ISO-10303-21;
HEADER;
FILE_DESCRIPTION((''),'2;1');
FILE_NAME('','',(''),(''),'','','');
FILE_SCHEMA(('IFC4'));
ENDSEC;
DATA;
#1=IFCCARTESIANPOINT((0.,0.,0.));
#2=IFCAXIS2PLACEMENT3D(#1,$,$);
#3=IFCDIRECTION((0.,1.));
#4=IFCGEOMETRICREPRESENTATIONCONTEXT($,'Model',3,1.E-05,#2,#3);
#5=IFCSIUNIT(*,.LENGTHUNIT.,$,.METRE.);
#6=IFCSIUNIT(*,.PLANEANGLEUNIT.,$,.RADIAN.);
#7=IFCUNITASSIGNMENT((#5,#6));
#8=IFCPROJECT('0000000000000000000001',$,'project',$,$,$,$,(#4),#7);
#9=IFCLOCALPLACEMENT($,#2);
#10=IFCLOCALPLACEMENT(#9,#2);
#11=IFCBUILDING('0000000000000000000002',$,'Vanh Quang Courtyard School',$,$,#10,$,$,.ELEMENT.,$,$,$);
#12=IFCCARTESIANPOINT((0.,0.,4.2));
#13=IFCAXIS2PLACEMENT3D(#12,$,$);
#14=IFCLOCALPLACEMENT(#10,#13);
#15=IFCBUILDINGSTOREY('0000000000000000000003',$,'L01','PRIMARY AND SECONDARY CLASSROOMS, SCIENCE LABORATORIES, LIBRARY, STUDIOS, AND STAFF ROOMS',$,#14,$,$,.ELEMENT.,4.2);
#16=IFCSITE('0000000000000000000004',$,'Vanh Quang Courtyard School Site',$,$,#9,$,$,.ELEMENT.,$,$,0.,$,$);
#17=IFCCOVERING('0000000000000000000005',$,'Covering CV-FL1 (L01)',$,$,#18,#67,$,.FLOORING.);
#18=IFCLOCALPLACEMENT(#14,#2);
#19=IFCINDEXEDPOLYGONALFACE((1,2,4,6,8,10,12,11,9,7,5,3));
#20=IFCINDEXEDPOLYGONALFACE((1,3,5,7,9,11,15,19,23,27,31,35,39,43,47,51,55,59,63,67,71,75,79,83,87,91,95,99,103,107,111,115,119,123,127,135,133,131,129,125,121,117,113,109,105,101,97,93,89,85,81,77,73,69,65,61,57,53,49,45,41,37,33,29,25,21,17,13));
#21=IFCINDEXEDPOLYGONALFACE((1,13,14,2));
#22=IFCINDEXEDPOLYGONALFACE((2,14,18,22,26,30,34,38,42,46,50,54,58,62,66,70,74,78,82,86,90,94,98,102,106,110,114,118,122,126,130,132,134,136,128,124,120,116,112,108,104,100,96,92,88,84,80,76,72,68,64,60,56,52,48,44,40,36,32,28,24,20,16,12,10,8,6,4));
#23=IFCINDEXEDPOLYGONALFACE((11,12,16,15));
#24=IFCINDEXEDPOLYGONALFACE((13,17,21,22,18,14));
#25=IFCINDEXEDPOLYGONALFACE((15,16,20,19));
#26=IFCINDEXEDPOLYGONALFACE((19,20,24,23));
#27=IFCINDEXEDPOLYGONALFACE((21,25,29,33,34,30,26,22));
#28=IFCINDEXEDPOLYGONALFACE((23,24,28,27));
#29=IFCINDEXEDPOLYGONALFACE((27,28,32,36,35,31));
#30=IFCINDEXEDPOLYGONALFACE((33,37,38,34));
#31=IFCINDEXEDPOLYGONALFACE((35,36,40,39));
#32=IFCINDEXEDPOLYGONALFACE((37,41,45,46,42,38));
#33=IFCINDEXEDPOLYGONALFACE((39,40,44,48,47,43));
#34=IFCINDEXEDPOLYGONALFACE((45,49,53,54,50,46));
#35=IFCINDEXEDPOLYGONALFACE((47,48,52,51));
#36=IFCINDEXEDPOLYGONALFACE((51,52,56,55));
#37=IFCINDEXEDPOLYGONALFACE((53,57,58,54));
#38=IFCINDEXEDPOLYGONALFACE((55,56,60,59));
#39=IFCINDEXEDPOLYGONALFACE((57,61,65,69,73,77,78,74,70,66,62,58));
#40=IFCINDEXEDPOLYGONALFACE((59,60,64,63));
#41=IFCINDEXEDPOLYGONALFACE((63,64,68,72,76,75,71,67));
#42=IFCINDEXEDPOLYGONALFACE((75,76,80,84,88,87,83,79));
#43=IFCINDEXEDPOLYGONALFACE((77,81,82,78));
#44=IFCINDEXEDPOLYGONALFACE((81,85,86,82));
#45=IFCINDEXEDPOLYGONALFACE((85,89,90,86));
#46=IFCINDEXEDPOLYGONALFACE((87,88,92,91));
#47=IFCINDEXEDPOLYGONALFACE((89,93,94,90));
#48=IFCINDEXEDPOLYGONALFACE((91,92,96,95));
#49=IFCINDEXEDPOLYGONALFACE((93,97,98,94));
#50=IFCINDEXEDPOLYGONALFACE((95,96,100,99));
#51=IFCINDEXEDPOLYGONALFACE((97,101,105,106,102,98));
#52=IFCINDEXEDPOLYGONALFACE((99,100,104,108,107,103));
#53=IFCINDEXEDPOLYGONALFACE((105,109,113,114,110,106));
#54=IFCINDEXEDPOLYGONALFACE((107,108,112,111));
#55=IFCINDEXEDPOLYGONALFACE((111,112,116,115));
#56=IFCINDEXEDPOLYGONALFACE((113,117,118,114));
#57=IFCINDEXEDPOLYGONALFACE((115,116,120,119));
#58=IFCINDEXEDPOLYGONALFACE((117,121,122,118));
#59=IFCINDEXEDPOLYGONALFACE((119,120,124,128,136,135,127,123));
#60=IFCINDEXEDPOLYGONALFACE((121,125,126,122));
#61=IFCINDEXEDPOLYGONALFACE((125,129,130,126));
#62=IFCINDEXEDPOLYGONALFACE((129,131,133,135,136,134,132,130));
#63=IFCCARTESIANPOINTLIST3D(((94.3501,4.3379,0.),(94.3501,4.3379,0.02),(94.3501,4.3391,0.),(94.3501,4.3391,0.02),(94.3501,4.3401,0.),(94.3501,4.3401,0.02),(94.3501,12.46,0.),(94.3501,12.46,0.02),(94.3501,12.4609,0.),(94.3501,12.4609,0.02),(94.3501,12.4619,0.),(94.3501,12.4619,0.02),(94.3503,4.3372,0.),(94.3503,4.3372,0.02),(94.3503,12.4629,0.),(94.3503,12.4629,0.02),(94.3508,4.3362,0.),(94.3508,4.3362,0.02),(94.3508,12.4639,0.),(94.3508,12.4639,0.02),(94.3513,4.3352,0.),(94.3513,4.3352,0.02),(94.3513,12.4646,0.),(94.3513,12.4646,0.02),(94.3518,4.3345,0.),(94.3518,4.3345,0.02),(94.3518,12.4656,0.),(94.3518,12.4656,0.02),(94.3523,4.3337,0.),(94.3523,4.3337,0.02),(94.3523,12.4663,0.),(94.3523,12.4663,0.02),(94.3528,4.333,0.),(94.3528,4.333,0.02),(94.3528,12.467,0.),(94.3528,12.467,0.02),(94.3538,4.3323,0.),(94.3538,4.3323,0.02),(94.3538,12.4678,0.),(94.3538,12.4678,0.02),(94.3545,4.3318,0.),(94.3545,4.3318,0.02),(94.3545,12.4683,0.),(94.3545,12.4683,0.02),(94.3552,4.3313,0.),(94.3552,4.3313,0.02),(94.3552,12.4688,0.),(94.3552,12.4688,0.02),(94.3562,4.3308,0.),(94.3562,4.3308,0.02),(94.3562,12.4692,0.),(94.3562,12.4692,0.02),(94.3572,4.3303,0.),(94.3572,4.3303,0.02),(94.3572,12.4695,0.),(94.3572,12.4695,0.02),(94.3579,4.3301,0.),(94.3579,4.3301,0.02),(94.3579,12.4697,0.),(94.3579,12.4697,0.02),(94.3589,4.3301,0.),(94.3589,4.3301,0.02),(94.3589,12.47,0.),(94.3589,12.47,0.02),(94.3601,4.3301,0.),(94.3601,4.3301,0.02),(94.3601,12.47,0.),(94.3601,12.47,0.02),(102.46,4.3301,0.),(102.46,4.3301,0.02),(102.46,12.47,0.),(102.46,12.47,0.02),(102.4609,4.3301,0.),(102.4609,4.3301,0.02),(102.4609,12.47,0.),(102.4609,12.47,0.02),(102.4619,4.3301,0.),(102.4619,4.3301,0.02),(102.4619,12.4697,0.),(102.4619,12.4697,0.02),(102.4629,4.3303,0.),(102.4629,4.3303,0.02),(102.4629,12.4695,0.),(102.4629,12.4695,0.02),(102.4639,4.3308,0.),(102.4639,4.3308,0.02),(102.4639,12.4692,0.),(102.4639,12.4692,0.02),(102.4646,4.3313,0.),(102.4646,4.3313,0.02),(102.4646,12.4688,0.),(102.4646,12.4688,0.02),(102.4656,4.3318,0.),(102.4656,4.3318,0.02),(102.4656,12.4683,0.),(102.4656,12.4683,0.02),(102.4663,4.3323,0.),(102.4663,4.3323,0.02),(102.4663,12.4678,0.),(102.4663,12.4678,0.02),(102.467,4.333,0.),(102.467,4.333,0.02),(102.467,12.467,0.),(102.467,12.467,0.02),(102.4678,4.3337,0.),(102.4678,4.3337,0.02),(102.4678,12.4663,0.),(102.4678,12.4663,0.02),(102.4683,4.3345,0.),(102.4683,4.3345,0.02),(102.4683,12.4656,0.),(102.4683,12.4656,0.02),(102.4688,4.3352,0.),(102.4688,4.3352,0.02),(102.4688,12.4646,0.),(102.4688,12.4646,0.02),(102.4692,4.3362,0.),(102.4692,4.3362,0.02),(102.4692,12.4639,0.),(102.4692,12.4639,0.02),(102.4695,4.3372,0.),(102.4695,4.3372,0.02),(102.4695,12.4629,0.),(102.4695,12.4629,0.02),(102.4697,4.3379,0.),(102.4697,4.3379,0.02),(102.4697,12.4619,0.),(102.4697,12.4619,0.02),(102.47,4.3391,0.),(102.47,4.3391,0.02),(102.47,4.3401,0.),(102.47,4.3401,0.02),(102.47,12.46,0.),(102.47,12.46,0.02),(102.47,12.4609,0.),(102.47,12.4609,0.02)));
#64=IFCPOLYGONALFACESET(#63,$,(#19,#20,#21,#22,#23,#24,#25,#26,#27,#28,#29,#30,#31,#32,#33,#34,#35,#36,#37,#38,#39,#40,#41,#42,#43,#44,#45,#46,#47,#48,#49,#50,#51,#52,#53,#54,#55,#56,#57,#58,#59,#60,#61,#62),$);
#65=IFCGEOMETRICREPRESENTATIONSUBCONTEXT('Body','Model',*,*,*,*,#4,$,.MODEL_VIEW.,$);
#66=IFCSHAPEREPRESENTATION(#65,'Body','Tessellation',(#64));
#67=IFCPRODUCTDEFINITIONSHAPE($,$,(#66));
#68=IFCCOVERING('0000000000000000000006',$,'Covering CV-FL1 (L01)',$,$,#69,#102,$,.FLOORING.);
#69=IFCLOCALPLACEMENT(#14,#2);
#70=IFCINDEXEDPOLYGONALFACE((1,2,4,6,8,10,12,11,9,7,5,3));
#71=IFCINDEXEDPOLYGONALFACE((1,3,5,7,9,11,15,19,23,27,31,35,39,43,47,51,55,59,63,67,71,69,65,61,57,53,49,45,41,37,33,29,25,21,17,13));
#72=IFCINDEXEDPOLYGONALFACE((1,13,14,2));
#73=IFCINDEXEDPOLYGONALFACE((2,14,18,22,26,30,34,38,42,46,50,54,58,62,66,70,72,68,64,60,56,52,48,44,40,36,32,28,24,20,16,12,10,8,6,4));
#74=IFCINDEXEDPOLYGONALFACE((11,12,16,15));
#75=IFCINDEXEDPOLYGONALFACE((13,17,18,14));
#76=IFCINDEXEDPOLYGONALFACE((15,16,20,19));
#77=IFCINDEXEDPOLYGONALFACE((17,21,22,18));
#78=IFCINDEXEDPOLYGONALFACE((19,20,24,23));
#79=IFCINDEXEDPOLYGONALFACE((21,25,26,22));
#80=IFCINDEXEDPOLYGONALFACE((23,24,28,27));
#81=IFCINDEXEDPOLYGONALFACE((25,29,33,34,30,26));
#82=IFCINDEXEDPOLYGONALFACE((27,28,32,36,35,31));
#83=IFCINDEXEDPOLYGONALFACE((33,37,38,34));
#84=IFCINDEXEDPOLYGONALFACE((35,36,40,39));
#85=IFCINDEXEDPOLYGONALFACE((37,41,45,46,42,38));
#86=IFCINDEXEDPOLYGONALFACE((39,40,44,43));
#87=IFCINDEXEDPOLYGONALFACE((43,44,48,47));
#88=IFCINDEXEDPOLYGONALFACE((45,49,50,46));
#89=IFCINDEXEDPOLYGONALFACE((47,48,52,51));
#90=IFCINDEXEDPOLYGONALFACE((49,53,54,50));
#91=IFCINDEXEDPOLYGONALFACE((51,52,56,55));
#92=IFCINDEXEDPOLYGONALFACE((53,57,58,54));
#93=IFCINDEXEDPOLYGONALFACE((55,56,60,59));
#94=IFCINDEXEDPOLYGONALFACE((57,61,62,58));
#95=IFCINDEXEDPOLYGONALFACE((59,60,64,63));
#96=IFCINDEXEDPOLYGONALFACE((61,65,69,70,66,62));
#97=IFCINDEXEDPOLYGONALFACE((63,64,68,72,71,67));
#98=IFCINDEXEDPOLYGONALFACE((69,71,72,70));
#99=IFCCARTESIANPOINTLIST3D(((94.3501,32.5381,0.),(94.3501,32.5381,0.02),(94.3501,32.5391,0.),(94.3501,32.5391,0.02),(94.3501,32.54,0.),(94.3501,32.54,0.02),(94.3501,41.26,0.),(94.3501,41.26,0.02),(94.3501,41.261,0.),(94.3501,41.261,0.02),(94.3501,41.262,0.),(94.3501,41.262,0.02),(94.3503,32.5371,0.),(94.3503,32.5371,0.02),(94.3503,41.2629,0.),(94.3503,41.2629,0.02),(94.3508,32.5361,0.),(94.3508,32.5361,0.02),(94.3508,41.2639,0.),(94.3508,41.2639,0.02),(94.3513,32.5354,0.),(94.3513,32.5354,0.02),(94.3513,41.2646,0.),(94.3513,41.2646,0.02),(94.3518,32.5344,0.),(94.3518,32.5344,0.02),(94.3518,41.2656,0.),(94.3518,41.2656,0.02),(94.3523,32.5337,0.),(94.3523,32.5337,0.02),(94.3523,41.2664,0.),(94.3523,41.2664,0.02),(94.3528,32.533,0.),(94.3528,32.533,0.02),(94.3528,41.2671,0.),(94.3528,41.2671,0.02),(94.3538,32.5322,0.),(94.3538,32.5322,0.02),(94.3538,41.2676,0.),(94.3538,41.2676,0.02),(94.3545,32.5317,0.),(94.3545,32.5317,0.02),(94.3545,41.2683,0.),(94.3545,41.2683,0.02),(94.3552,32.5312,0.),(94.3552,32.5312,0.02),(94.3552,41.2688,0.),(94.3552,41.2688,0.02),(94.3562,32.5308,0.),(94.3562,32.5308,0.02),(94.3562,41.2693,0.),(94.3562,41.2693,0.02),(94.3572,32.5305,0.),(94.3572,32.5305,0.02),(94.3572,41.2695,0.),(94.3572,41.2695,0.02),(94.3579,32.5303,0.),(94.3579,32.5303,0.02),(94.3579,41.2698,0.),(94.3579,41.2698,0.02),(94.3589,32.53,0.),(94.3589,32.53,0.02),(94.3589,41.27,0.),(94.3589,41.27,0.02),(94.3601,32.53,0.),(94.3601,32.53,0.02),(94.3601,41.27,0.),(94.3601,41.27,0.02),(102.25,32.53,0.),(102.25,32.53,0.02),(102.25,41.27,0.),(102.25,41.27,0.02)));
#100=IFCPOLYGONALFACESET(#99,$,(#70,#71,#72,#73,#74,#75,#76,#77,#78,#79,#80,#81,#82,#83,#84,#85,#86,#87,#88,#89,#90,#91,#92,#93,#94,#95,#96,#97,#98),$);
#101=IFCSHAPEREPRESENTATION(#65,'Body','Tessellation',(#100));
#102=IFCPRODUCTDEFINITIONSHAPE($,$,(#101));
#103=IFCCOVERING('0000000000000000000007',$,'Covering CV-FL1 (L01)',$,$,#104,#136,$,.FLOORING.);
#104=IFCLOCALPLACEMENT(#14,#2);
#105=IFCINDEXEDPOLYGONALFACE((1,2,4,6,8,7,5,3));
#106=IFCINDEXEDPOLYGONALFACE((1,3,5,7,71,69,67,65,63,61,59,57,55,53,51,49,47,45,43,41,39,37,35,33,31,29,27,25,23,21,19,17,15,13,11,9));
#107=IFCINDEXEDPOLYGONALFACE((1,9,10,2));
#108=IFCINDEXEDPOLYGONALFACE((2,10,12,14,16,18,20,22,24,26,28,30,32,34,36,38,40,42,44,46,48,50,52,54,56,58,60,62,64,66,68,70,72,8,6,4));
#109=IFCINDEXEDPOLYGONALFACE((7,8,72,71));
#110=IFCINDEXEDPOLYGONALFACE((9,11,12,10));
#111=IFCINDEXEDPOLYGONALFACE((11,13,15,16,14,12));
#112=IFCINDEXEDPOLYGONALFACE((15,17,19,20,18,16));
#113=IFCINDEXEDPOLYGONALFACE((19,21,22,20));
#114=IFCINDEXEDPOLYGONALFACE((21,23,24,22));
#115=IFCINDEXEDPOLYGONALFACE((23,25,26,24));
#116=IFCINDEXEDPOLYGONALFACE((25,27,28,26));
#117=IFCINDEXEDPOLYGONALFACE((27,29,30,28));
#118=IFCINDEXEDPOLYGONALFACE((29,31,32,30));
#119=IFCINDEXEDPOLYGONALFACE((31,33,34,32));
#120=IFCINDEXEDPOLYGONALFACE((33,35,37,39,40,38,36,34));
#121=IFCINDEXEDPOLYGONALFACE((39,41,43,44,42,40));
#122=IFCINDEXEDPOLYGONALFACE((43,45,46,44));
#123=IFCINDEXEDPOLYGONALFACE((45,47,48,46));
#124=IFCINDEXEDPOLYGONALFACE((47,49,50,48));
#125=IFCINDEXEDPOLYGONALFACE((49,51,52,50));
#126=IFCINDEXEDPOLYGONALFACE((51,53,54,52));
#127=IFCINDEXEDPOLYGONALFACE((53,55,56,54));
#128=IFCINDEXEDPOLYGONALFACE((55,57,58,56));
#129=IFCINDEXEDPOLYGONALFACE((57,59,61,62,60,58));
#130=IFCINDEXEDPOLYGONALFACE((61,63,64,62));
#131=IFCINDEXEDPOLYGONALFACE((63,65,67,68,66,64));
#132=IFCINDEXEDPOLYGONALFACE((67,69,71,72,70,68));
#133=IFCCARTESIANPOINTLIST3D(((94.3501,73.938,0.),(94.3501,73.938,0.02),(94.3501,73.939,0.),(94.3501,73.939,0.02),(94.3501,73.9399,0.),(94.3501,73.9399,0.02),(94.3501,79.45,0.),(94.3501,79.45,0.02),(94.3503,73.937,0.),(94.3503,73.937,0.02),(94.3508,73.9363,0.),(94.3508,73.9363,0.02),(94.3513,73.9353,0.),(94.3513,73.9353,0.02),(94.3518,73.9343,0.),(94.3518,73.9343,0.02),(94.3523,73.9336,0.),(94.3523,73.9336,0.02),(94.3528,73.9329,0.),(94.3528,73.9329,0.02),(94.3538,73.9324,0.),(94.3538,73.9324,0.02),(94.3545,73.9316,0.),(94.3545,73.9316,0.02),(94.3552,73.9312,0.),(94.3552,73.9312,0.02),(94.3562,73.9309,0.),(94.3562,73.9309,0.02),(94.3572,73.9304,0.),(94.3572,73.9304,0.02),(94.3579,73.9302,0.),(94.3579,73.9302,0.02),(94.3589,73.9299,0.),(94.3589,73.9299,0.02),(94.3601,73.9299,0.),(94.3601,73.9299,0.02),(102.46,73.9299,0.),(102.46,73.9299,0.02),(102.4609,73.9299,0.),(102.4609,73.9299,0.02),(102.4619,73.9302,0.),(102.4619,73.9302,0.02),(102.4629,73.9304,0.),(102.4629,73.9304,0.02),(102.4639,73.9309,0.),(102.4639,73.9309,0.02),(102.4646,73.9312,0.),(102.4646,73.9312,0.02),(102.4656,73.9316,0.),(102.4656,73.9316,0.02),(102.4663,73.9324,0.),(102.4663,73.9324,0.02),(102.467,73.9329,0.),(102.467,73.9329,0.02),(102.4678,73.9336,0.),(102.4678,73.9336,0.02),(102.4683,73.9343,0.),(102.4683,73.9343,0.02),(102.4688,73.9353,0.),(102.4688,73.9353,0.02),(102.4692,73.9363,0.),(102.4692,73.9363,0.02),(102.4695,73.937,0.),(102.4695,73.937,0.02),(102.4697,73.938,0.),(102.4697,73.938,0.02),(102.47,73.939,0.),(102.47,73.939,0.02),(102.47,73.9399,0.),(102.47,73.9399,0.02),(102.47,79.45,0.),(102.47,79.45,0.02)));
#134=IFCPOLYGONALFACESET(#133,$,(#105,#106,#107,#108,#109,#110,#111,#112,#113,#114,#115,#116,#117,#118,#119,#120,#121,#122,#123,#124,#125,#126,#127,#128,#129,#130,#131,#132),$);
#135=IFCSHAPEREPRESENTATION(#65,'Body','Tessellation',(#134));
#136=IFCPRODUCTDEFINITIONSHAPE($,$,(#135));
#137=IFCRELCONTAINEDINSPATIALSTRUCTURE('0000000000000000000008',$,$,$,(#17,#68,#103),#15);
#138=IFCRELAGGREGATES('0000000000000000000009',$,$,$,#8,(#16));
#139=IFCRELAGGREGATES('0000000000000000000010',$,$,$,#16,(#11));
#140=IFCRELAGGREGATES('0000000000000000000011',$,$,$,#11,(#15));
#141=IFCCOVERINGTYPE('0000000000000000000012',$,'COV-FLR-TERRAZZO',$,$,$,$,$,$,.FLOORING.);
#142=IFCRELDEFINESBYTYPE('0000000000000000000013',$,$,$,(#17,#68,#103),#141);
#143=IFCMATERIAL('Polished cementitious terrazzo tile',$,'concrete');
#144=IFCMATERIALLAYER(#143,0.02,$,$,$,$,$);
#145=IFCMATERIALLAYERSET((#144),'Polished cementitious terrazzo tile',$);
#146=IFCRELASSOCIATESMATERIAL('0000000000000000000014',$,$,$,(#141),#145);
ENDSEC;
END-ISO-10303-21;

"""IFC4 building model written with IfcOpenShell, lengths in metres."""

from ifc_helpers import new_model, si_unit, direction, frame, origin, place, context, subcontext, project, spatial, polyline, outline, extrude, material, layer, layer_set, type_object, element, save


model = new_model("IFC4")

# Units and contexts
model_context = context("Model", 3, precision=1e-05, world=origin(), true_north=direction((0.0, 1.0)))
body_context = subcontext(model_context, "Body", "Model", "MODEL_VIEW")
ifc_project = project(units=[si_unit("LENGTHUNIT", "METRE"), si_unit("PLANEANGLEUNIT", "RADIAN")], contexts=[model_context])

# Site, building, storey
site_placement = place(None, origin())
site = spatial("IfcSite", under=ifc_project, at=site_placement, Name="Vanh Quang Courtyard School Site", CompositionType="ELEMENT", RefElevation=0.0)
building_placement = place(site_placement, origin())
building = spatial("IfcBuilding", under=site, at=building_placement, Name="Vanh Quang Courtyard School", CompositionType="ELEMENT")
storey_placement = place(building_placement, frame((0.0, 0.0, 4.2)))
storey = spatial("IfcBuildingStorey", under=building, at=storey_placement, Name="L01", Description="PRIMARY AND SECONDARY CLASSROOMS, SCIENCE LABORATORIES, LIBRARY, STUDIOS, AND STAFF ROOMS", CompositionType="ELEMENT", Elevation=4.2)

# Coverings
ifc_material_1 = material(Name="Polished cementitious terrazzo tile", Category="concrete")
ifc_layer_1 = layer(ifc_material_1, 0.02)
ifc_layer_set_1 = layer_set([ifc_layer_1], Name="Polished cementitious terrazzo tile")
covering_type_1 = type_object("IfcCoveringType", Name="COV-FLR-TERRAZZO", PredefinedType="FLOORING", material=ifc_layer_set_1)
covering_1_placement = place(storey_placement, origin())
element("IfcCovering", 1, at=covering_1_placement, inside=storey, type_object=covering_type_1, Name="Covering CV-FL1 (L01)", PredefinedType="FLOORING", context=body_context, shape_type="SweptSolid", body=[
    extrude(outline(polyline([(94.3501, 12.46), (94.3501, 12.4609), (94.3501, 12.4619), (94.3503, 12.4629), (94.3508, 12.4639), (94.3513, 12.4646), (94.3518, 12.4656), (94.3523, 12.4663), (94.3528, 12.467), (94.3538, 12.4678), (94.3545, 12.4683), (94.3552, 12.4688), (94.3562, 12.4692), (94.3572, 12.4695), (94.3579, 12.4697), (94.3589, 12.47), (94.3601, 12.47), (102.46, 12.47), (102.4609, 12.47), (102.4619, 12.4697), (102.4629, 12.4695), (102.4639, 12.4692), (102.4646, 12.4688), (102.4656, 12.4683), (102.4663, 12.4678), (102.467, 12.467), (102.4678, 12.4663), (102.4683, 12.4656), (102.4688, 12.4646), (102.4692, 12.4639), (102.4695, 12.4629), (102.4697, 12.4619), (102.47, 12.4609), (102.47, 12.46), (102.47, 4.3401), (102.47, 4.3391), (102.4697, 4.3379), (102.4695, 4.3372), (102.4692, 4.3362), (102.4688, 4.3352), (102.4683, 4.3345), (102.4678, 4.3337), (102.467, 4.333), (102.4663, 4.3323), (102.4656, 4.3318), (102.4646, 4.3313), (102.4639, 4.3308), (102.4629, 4.3303), (102.4619, 4.3301), (102.4609, 4.3301), (102.46, 4.3301), (94.3601, 4.3301), (94.3589, 4.3301), (94.3579, 4.3301), (94.3572, 4.3303), (94.3562, 4.3308), (94.3552, 4.3313), (94.3545, 4.3318), (94.3538, 4.3323), (94.3528, 4.333), (94.3523, 4.3337), (94.3518, 4.3345), (94.3513, 4.3352), (94.3508, 4.3362), (94.3503, 4.3372), (94.3501, 4.3379), (94.3501, 4.3391), (94.3501, 4.3401), (94.3501, 12.46)])), origin(), (0.0, 0.0, 1.0), 0.02),
])
covering_2_placement = place(storey_placement, origin())
element("IfcCovering", 2, at=covering_2_placement, inside=storey, type_object=covering_type_1, Name="Covering CV-FL1 (L01)", PredefinedType="FLOORING", context=body_context, shape_type="SweptSolid", body=[
    extrude(outline(polyline([(94.3601, 32.53), (94.3589, 32.53), (94.3579, 32.5303), (94.3572, 32.5305), (94.3562, 32.5308), (94.3552, 32.5312), (94.3545, 32.5317), (94.3538, 32.5322), (94.3528, 32.533), (94.3523, 32.5337), (94.3518, 32.5344), (94.3513, 32.5354), (94.3508, 32.5361), (94.3503, 32.5371), (94.3501, 32.5381), (94.3501, 32.5391), (94.3501, 32.54), (94.3501, 41.26), (94.3501, 41.261), (94.3501, 41.262), (94.3503, 41.2629), (94.3508, 41.2639), (94.3513, 41.2646), (94.3518, 41.2656), (94.3523, 41.2664), (94.3528, 41.2671), (94.3538, 41.2676), (94.3545, 41.2683), (94.3552, 41.2688), (94.3562, 41.2693), (94.3572, 41.2695), (94.3579, 41.2698), (94.3589, 41.27), (94.3601, 41.27), (102.25, 41.27), (102.25, 32.53), (94.3601, 32.53)])), origin(), (0.0, 0.0, 1.0), 0.02),
])
covering_3_placement = place(storey_placement, origin())
element("IfcCovering", 3, at=covering_3_placement, inside=storey, type_object=covering_type_1, Name="Covering CV-FL1 (L01)", PredefinedType="FLOORING", context=body_context, shape_type="SweptSolid", body=[
    extrude(outline(polyline([(94.3601, 73.9299), (94.3589, 73.9299), (94.3579, 73.9302), (94.3572, 73.9304), (94.3562, 73.9309), (94.3552, 73.9312), (94.3545, 73.9316), (94.3538, 73.9324), (94.3528, 73.9329), (94.3523, 73.9336), (94.3518, 73.9343), (94.3513, 73.9353), (94.3508, 73.9363), (94.3503, 73.937), (94.3501, 73.938), (94.3501, 73.939), (94.3501, 73.9399), (94.3501, 79.45), (102.47, 79.45), (102.47, 73.9399), (102.47, 73.939), (102.4697, 73.938), (102.4695, 73.937), (102.4692, 73.9363), (102.4688, 73.9353), (102.4683, 73.9343), (102.4678, 73.9336), (102.467, 73.9329), (102.4663, 73.9324), (102.4656, 73.9316), (102.4646, 73.9312), (102.4639, 73.9309), (102.4629, 73.9304), (102.4619, 73.9302), (102.4609, 73.9299), (102.46, 73.9299), (94.3601, 73.9299)])), origin(), (0.0, 0.0, 1.0), 0.02),
])

save(model, "model.ifc")
